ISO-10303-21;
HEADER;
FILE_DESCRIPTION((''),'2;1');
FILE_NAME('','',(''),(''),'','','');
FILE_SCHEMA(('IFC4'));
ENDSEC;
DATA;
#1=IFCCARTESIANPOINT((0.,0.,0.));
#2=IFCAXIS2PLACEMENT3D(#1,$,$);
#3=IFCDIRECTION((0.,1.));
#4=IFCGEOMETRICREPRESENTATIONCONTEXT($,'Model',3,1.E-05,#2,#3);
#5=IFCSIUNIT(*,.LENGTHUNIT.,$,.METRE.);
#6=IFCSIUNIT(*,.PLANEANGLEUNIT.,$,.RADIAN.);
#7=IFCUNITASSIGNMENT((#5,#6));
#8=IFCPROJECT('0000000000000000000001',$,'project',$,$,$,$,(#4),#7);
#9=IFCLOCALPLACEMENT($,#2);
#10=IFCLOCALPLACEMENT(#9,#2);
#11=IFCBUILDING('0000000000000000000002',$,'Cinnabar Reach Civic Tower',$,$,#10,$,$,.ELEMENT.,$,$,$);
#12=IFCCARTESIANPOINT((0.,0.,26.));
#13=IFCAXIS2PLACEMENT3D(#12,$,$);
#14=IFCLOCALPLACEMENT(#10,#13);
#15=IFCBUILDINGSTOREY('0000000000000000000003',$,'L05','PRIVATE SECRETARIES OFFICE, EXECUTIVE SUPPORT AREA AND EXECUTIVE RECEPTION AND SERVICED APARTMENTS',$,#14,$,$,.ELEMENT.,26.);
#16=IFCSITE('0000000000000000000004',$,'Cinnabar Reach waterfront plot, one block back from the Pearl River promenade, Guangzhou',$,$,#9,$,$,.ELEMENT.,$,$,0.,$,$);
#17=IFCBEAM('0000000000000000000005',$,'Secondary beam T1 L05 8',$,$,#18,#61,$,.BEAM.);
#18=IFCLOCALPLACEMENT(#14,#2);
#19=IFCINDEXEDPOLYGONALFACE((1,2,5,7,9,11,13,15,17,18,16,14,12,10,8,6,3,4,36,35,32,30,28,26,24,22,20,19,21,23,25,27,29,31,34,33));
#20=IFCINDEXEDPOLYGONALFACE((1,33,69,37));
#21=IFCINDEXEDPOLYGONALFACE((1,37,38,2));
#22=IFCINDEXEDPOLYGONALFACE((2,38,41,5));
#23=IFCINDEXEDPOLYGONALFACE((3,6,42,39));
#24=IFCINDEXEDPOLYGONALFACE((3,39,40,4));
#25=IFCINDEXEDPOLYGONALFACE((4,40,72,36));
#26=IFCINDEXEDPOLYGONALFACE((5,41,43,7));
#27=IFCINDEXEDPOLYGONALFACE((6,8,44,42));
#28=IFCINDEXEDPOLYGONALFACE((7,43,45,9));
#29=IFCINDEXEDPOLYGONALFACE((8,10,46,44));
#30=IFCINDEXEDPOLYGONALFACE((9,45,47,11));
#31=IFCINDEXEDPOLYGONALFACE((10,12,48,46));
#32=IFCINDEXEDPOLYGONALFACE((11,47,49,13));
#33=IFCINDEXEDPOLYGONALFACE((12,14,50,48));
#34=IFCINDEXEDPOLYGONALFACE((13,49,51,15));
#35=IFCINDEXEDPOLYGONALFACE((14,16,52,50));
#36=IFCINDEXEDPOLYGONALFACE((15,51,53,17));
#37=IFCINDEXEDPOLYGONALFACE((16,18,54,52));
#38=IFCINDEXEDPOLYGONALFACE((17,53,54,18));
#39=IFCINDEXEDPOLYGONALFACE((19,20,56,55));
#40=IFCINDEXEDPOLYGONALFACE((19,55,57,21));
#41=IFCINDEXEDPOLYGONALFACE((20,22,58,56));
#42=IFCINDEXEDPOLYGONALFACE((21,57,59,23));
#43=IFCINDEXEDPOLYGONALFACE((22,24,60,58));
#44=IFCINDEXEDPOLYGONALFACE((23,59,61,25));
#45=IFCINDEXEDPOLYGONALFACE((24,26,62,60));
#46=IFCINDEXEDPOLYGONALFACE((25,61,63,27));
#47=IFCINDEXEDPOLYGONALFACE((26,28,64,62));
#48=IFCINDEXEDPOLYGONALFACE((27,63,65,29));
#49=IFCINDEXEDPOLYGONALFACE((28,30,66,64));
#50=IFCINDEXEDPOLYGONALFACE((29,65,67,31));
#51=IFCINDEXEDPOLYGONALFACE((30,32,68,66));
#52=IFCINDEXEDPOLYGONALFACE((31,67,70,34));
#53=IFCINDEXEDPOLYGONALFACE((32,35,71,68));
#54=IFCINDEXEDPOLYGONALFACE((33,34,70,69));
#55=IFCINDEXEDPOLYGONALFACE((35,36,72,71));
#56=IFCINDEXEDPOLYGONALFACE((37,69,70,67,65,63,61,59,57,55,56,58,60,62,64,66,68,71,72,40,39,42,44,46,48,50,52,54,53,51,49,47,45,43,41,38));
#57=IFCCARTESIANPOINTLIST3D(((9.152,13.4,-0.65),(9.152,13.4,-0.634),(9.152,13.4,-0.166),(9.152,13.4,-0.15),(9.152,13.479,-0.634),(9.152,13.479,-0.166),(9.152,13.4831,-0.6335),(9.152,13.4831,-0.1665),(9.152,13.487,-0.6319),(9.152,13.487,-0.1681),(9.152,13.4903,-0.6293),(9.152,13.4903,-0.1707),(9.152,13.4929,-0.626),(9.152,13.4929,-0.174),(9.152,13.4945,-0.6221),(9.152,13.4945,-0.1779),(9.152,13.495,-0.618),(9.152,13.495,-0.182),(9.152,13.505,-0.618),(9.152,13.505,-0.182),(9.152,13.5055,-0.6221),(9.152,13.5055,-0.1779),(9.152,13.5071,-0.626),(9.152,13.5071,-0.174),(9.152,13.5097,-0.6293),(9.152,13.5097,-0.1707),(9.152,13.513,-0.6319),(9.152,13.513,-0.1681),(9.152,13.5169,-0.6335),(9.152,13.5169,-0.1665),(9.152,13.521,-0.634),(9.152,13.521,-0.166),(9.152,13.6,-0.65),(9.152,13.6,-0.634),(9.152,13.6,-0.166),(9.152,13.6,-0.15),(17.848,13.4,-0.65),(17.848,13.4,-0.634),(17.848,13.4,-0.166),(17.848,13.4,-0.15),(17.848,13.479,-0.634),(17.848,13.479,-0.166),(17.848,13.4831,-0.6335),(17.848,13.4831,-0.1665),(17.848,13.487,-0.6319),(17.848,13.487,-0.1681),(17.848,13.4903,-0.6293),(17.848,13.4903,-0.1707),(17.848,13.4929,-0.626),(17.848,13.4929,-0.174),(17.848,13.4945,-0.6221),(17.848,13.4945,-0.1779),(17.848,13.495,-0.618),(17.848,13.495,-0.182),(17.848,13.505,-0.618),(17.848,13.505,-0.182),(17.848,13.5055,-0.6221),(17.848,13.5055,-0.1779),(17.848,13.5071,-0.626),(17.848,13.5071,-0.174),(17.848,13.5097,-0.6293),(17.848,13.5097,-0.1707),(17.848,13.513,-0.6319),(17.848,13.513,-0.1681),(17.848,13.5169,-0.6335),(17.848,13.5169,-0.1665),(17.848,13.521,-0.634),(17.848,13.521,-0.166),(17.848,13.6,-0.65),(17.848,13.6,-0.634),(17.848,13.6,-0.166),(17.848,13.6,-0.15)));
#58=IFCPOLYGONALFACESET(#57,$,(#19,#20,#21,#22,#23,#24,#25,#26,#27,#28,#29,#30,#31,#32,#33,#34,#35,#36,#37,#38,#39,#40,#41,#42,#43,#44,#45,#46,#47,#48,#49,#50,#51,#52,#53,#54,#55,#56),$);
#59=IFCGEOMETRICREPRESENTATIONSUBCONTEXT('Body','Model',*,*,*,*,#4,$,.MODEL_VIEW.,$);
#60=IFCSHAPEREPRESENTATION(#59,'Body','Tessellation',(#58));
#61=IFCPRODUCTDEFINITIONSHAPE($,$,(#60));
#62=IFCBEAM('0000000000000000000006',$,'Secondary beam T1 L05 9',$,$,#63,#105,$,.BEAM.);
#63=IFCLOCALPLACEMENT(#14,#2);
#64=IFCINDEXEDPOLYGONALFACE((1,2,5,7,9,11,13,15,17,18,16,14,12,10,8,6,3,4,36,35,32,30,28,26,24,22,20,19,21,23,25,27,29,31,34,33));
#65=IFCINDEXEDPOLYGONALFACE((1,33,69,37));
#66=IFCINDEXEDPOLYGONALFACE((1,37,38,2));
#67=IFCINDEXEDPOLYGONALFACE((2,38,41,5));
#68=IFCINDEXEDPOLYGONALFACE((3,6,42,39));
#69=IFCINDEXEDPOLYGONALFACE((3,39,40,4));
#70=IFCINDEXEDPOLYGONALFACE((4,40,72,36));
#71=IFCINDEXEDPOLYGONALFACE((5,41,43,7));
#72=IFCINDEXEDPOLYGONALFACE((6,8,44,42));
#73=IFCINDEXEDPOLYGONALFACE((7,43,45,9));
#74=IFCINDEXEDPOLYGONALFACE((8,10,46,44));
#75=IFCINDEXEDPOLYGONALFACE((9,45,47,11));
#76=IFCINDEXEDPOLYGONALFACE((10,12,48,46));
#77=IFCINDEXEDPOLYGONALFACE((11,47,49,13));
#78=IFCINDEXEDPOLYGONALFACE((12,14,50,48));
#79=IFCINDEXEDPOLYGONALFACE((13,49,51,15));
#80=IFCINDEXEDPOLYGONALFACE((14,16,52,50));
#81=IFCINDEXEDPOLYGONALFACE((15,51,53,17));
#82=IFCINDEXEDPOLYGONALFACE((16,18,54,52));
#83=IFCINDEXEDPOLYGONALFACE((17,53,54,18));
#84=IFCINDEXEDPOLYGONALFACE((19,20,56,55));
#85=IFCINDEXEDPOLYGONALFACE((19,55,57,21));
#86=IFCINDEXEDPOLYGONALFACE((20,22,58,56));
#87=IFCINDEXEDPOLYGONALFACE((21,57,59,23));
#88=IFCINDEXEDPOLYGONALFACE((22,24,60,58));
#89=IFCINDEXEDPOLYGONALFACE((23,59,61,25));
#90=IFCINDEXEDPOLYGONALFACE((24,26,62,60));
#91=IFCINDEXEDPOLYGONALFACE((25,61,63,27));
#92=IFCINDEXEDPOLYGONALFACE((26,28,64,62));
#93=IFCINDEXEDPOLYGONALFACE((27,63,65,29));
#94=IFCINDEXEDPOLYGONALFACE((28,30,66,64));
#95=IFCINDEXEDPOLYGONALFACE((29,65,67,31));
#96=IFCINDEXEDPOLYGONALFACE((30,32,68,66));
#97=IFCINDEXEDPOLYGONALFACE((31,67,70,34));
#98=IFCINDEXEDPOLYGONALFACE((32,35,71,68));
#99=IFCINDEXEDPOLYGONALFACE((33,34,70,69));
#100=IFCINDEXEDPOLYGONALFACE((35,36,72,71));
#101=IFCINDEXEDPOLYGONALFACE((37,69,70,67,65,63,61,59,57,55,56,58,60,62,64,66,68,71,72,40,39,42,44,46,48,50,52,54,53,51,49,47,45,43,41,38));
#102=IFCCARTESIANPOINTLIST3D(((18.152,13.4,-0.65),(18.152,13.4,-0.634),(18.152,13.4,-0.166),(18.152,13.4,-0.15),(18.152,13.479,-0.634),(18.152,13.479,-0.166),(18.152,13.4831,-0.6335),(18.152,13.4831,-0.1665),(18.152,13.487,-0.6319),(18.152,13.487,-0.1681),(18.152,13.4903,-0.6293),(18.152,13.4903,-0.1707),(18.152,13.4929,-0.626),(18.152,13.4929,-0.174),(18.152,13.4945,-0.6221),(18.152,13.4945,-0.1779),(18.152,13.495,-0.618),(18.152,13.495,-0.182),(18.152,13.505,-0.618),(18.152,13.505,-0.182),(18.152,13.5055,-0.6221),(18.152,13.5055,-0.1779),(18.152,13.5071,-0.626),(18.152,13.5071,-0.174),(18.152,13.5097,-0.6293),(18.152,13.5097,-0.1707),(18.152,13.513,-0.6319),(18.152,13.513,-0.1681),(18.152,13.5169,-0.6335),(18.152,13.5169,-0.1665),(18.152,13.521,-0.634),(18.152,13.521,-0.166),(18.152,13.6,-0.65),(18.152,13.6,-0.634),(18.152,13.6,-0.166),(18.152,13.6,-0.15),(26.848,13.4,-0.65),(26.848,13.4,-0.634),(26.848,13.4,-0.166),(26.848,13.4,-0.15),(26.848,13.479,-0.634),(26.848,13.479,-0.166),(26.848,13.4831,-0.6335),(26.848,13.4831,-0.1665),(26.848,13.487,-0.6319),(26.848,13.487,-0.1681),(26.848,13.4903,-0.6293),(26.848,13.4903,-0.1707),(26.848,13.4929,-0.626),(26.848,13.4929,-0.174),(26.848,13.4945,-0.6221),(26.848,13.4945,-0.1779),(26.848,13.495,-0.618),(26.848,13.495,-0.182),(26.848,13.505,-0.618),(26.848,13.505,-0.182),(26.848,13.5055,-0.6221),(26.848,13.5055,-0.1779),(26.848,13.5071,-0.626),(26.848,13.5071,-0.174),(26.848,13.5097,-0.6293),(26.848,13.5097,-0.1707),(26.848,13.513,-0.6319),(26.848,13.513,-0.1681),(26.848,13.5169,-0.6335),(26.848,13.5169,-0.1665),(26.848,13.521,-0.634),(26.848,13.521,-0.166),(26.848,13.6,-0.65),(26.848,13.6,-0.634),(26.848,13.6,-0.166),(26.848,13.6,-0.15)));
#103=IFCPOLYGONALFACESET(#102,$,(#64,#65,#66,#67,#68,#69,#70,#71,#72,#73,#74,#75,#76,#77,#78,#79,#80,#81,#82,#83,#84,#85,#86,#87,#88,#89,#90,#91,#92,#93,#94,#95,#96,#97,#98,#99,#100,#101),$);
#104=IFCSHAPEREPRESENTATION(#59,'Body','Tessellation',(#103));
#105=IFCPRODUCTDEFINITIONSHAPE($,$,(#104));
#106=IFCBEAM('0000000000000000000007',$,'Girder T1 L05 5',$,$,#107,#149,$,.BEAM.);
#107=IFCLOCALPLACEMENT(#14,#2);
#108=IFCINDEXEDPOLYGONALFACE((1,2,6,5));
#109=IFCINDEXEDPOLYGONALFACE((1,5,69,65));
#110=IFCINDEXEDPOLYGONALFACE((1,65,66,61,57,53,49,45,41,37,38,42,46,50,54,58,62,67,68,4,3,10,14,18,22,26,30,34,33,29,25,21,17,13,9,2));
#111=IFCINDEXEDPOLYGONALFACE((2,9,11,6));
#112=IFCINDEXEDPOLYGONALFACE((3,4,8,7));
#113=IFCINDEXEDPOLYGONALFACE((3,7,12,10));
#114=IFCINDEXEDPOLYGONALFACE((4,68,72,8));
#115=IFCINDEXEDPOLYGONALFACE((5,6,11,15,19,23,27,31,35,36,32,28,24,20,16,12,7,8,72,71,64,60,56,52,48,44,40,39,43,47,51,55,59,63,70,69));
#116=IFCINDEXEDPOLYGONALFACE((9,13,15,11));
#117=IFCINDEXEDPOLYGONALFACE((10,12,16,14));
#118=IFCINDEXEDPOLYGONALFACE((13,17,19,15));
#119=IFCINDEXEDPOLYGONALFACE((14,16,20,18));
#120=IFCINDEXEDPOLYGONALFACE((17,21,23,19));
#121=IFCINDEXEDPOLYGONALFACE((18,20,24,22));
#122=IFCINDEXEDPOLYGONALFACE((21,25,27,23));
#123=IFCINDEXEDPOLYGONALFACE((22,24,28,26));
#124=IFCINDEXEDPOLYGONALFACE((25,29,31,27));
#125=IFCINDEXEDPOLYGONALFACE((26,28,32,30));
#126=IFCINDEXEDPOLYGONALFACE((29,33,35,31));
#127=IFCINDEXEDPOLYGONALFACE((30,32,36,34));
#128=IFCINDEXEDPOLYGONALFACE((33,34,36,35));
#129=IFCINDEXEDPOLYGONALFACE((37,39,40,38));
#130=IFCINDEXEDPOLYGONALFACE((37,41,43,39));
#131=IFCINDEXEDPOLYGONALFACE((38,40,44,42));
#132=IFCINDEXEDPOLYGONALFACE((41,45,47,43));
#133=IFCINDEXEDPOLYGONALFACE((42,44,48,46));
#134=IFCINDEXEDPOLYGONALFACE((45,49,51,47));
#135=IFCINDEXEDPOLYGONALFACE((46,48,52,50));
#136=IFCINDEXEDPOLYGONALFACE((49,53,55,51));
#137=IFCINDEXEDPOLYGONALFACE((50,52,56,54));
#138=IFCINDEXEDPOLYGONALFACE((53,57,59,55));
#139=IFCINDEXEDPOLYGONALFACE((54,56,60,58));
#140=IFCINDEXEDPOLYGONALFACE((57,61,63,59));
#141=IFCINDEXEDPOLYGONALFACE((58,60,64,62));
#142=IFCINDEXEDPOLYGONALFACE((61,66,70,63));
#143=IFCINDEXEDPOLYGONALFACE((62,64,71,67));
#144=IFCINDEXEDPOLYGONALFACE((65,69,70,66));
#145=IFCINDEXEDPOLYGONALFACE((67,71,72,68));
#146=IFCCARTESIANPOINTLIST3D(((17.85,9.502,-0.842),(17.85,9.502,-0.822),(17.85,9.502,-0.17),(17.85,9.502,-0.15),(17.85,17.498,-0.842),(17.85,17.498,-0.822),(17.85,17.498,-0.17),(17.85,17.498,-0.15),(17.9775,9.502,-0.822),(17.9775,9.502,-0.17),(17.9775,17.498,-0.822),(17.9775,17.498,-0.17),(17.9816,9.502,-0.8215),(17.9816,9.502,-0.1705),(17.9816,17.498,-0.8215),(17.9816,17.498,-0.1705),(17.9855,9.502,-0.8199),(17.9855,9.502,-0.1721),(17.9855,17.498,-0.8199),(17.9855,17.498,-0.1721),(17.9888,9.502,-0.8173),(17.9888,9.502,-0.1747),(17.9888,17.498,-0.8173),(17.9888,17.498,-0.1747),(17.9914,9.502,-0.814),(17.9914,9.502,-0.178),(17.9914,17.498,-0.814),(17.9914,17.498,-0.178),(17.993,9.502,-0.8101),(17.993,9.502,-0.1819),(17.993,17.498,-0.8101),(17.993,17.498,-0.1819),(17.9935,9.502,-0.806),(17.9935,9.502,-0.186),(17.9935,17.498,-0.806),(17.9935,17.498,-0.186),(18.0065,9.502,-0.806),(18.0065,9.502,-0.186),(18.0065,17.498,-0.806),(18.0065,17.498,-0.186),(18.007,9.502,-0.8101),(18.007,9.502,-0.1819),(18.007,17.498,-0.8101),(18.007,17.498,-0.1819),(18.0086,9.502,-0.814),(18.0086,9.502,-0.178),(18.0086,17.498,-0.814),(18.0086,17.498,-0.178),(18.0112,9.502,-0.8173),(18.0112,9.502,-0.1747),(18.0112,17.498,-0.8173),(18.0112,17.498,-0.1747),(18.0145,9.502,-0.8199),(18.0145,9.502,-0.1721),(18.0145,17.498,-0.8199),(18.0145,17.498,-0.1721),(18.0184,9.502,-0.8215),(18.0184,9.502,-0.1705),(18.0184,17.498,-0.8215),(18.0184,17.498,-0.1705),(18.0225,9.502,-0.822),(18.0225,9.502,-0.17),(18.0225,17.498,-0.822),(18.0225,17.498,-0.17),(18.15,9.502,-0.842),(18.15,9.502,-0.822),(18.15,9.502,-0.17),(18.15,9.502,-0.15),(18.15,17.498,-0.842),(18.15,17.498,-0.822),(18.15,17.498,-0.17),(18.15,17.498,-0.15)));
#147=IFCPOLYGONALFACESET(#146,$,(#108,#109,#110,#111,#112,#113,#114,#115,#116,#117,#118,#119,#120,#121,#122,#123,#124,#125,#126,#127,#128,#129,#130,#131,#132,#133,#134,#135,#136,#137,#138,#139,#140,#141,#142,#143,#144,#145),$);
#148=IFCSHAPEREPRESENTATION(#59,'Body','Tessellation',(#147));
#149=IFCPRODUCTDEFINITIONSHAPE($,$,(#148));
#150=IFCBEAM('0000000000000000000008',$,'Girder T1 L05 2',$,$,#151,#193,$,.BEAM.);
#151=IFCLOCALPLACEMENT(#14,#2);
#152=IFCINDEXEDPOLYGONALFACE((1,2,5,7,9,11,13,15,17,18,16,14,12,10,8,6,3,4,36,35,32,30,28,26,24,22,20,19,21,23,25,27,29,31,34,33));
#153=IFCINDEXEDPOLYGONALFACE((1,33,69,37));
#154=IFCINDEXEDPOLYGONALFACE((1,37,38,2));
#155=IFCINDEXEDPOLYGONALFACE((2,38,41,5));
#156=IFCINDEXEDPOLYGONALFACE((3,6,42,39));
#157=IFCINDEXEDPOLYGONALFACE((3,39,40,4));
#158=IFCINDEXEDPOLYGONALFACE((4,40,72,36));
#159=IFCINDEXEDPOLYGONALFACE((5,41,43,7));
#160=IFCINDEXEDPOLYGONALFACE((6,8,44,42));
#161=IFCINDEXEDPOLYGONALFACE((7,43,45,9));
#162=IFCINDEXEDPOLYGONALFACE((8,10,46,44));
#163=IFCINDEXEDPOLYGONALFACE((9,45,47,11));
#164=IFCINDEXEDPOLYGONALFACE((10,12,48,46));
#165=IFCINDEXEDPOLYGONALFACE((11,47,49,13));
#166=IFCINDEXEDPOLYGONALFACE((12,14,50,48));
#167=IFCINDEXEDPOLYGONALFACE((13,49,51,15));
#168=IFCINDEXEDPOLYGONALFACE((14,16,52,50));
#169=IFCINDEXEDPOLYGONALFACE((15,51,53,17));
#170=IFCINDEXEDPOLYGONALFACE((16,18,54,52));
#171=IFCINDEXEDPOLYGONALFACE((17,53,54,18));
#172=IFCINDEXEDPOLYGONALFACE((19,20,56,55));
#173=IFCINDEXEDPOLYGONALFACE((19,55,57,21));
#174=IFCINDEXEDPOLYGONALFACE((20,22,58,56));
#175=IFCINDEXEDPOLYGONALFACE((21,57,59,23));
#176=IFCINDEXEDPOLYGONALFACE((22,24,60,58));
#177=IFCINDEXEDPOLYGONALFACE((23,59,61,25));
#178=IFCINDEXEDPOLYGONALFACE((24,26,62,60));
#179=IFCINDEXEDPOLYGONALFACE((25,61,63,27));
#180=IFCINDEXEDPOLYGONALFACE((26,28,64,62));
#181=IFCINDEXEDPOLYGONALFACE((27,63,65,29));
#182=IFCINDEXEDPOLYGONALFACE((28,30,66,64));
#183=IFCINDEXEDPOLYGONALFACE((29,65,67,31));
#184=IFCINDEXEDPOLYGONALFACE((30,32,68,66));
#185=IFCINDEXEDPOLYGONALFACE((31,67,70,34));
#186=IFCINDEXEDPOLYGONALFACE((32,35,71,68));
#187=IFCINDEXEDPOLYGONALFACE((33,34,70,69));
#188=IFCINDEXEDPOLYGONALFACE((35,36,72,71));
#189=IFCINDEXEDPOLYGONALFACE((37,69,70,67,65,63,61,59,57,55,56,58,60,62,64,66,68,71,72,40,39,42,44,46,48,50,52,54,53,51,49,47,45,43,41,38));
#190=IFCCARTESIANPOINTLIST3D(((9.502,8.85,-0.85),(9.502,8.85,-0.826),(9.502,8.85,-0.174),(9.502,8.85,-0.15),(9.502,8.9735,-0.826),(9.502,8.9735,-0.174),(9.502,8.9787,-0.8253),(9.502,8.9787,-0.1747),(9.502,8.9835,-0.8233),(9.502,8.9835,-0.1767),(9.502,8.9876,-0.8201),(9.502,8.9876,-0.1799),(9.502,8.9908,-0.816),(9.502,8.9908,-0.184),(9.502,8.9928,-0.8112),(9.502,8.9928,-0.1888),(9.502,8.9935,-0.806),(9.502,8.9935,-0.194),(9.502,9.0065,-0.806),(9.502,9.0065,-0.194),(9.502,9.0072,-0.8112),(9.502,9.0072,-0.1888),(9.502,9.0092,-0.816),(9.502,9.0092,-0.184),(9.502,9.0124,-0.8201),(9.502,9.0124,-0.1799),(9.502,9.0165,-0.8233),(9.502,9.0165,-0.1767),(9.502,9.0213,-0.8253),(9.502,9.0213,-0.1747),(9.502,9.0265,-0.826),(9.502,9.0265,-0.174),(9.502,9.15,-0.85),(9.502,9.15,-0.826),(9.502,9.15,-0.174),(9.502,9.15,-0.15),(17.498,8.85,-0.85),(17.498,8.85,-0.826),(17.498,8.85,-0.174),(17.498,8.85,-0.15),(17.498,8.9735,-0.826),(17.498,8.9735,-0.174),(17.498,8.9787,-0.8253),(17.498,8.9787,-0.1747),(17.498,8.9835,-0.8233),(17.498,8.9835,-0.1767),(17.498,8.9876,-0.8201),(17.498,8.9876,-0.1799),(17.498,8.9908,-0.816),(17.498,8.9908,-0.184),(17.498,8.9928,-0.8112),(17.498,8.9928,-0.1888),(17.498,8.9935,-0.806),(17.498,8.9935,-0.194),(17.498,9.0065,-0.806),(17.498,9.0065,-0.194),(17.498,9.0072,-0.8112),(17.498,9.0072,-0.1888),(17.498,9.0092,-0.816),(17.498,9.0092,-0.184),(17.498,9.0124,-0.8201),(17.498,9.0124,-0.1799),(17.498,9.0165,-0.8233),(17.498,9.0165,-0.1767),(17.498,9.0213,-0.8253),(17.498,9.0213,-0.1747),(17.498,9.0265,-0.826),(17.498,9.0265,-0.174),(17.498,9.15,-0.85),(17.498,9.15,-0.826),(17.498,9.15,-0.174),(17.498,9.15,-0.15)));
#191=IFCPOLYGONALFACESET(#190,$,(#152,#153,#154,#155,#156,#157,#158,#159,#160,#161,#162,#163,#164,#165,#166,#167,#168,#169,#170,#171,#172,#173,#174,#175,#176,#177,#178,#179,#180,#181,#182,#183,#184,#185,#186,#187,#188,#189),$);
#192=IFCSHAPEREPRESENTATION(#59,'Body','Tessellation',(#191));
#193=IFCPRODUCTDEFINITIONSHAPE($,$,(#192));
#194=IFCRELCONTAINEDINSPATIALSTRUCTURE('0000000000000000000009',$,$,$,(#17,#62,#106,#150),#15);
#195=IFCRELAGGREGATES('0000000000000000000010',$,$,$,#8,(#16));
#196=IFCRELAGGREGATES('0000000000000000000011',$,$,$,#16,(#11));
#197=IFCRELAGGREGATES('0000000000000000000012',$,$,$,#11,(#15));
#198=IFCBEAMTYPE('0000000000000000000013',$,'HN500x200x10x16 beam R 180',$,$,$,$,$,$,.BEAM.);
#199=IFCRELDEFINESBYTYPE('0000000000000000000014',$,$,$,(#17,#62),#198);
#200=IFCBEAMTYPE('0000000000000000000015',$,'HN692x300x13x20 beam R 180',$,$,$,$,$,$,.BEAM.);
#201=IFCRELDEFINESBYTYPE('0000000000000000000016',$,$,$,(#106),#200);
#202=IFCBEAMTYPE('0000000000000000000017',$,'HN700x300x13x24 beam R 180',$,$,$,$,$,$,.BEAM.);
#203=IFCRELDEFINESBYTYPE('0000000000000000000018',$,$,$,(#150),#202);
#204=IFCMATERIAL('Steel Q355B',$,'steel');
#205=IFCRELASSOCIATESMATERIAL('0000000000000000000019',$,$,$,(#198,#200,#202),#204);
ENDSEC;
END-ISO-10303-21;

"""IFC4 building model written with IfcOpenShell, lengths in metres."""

from ifc_helpers import new_model, si_unit, direction, frame, origin, origin_2d, place, context, subcontext, project, spatial, i_section, extrude, material, material_profile, profile_set, type_object, element, save


model = new_model("IFC4")

# Units and contexts
model_context = context("Model", 3, precision=1e-05, world=origin(), true_north=direction((0.0, 1.0)))
body_context = subcontext(model_context, "Body", "Model", "MODEL_VIEW")
ifc_project = project(units=[si_unit("LENGTHUNIT", "METRE"), si_unit("PLANEANGLEUNIT", "RADIAN")], contexts=[model_context])

# Site, building, storey
site_placement = place(None, origin())
site = spatial("IfcSite", under=ifc_project, at=site_placement, Name="Cinnabar Reach waterfront plot, one block back from the Pearl River promenade, Guangzhou", CompositionType="ELEMENT", RefElevation=0.0)
building_placement = place(site_placement, origin())
building = spatial("IfcBuilding", under=site, at=building_placement, Name="Cinnabar Reach Civic Tower", CompositionType="ELEMENT")
storey_placement = place(building_placement, frame((0.0, 0.0, 26.0)))
storey = spatial("IfcBuildingStorey", under=building, at=storey_placement, Name="L05", Description="PRIVATE SECRETARIES OFFICE, EXECUTIVE SUPPORT AREA AND EXECUTIVE RECEPTION AND SERVICED APARTMENTS", CompositionType="ELEMENT", Elevation=26.0)

# Beams
ifc_material_1 = material(Name="Steel Q355B", Category="steel")
ifc_material_profile_1 = material_profile(ifc_material_1, i_section(OverallWidth=0.2, OverallDepth=0.5, WebThickness=0.01, FlangeThickness=0.016, FilletRadius=0.016, at=origin_2d()), Name="HN500x200x10x16")
ifc_profile_set_1 = profile_set([ifc_material_profile_1], Name="Steel Q355B")
beam_type_1 = type_object("IfcBeamType", Name="HN500x200x10x16 beam R 180", PredefinedType="BEAM", material=ifc_profile_set_1)
for number, where, z_axis, x_axis, name in (
    (1, (9.152, 13.5, -0.4), (1.0, 0.0, 0.0), (0.0, 1.0, 0.0), "Secondary beam T1 L05 8"),
    (2, (18.152, 13.5, -0.4), (1.0, 0.0, 0.0), (0.0, 1.0, 0.0), "Secondary beam T1 L05 9"),
):
    element("IfcBeam", number, at=place(storey_placement, frame(where, z_axis=z_axis, x_axis=x_axis)), inside=storey, type_object=beam_type_1, Name=name, PredefinedType="BEAM", context=body_context, shape_type="SweptSolid", body=[
        extrude(i_section(OverallWidth=0.2, OverallDepth=0.5, WebThickness=0.01, FlangeThickness=0.016, FilletRadius=0.016, at=origin_2d()), origin(), (0.0, 0.0, 1.0), 8.696),
    ])
ifc_material_profile_2 = material_profile(ifc_material_1, i_section(OverallWidth=0.3, OverallDepth=0.692, WebThickness=0.013, FlangeThickness=0.02, FilletRadius=0.016, at=origin_2d()), Name="HN692x300x13x20")
ifc_profile_set_2 = profile_set([ifc_material_profile_2], Name="Steel Q355B")
beam_type_2 = type_object("IfcBeamType", Name="HN692x300x13x20 beam R 180", PredefinedType="BEAM", material=ifc_profile_set_2)
beam_placement = place(storey_placement, frame((18.0, 9.502, -0.496), z_axis=(0.0, 1.0, 0.0), x_axis=(-1.0, 0.0, 0.0)))
element("IfcBeam", 3, at=beam_placement, inside=storey, type_object=beam_type_2, Name="Girder T1 L05 5", PredefinedType="BEAM", context=body_context, shape_type="SweptSolid", body=[
    extrude(i_section(OverallWidth=0.3, OverallDepth=0.692, WebThickness=0.013, FlangeThickness=0.02, FilletRadius=0.016, at=origin_2d()), origin(), (0.0, 0.0, 1.0), 7.996),
])
ifc_material_profile_3 = material_profile(ifc_material_1, i_section(OverallWidth=0.3, OverallDepth=0.7, WebThickness=0.013, FlangeThickness=0.024, FilletRadius=0.02, at=origin_2d()), Name="HN700x300x13x24")
ifc_profile_set_3 = profile_set([ifc_material_profile_3], Name="Steel Q355B")
beam_type_3 = type_object("IfcBeamType", Name="HN700x300x13x24 beam R 180", PredefinedType="BEAM", material=ifc_profile_set_3)
for number, where, z_axis, x_axis, name in (
    (4, (9.502, 9.0, -0.5), (1.0, 0.0, 0.0), (0.0, 1.0, 0.0), "Girder T1 L05 2"),
):
    element("IfcBeam", number, at=place(storey_placement, frame(where, z_axis=z_axis, x_axis=x_axis)), inside=storey, type_object=beam_type_3, Name=name, PredefinedType="BEAM", context=body_context, shape_type="SweptSolid", body=[
        extrude(i_section(OverallWidth=0.3, OverallDepth=0.7, WebThickness=0.013, FlangeThickness=0.024, FilletRadius=0.02, at=origin_2d()), origin(), (0.0, 0.0, 1.0), 7.996),
    ])

save(model, "model.ifc")
